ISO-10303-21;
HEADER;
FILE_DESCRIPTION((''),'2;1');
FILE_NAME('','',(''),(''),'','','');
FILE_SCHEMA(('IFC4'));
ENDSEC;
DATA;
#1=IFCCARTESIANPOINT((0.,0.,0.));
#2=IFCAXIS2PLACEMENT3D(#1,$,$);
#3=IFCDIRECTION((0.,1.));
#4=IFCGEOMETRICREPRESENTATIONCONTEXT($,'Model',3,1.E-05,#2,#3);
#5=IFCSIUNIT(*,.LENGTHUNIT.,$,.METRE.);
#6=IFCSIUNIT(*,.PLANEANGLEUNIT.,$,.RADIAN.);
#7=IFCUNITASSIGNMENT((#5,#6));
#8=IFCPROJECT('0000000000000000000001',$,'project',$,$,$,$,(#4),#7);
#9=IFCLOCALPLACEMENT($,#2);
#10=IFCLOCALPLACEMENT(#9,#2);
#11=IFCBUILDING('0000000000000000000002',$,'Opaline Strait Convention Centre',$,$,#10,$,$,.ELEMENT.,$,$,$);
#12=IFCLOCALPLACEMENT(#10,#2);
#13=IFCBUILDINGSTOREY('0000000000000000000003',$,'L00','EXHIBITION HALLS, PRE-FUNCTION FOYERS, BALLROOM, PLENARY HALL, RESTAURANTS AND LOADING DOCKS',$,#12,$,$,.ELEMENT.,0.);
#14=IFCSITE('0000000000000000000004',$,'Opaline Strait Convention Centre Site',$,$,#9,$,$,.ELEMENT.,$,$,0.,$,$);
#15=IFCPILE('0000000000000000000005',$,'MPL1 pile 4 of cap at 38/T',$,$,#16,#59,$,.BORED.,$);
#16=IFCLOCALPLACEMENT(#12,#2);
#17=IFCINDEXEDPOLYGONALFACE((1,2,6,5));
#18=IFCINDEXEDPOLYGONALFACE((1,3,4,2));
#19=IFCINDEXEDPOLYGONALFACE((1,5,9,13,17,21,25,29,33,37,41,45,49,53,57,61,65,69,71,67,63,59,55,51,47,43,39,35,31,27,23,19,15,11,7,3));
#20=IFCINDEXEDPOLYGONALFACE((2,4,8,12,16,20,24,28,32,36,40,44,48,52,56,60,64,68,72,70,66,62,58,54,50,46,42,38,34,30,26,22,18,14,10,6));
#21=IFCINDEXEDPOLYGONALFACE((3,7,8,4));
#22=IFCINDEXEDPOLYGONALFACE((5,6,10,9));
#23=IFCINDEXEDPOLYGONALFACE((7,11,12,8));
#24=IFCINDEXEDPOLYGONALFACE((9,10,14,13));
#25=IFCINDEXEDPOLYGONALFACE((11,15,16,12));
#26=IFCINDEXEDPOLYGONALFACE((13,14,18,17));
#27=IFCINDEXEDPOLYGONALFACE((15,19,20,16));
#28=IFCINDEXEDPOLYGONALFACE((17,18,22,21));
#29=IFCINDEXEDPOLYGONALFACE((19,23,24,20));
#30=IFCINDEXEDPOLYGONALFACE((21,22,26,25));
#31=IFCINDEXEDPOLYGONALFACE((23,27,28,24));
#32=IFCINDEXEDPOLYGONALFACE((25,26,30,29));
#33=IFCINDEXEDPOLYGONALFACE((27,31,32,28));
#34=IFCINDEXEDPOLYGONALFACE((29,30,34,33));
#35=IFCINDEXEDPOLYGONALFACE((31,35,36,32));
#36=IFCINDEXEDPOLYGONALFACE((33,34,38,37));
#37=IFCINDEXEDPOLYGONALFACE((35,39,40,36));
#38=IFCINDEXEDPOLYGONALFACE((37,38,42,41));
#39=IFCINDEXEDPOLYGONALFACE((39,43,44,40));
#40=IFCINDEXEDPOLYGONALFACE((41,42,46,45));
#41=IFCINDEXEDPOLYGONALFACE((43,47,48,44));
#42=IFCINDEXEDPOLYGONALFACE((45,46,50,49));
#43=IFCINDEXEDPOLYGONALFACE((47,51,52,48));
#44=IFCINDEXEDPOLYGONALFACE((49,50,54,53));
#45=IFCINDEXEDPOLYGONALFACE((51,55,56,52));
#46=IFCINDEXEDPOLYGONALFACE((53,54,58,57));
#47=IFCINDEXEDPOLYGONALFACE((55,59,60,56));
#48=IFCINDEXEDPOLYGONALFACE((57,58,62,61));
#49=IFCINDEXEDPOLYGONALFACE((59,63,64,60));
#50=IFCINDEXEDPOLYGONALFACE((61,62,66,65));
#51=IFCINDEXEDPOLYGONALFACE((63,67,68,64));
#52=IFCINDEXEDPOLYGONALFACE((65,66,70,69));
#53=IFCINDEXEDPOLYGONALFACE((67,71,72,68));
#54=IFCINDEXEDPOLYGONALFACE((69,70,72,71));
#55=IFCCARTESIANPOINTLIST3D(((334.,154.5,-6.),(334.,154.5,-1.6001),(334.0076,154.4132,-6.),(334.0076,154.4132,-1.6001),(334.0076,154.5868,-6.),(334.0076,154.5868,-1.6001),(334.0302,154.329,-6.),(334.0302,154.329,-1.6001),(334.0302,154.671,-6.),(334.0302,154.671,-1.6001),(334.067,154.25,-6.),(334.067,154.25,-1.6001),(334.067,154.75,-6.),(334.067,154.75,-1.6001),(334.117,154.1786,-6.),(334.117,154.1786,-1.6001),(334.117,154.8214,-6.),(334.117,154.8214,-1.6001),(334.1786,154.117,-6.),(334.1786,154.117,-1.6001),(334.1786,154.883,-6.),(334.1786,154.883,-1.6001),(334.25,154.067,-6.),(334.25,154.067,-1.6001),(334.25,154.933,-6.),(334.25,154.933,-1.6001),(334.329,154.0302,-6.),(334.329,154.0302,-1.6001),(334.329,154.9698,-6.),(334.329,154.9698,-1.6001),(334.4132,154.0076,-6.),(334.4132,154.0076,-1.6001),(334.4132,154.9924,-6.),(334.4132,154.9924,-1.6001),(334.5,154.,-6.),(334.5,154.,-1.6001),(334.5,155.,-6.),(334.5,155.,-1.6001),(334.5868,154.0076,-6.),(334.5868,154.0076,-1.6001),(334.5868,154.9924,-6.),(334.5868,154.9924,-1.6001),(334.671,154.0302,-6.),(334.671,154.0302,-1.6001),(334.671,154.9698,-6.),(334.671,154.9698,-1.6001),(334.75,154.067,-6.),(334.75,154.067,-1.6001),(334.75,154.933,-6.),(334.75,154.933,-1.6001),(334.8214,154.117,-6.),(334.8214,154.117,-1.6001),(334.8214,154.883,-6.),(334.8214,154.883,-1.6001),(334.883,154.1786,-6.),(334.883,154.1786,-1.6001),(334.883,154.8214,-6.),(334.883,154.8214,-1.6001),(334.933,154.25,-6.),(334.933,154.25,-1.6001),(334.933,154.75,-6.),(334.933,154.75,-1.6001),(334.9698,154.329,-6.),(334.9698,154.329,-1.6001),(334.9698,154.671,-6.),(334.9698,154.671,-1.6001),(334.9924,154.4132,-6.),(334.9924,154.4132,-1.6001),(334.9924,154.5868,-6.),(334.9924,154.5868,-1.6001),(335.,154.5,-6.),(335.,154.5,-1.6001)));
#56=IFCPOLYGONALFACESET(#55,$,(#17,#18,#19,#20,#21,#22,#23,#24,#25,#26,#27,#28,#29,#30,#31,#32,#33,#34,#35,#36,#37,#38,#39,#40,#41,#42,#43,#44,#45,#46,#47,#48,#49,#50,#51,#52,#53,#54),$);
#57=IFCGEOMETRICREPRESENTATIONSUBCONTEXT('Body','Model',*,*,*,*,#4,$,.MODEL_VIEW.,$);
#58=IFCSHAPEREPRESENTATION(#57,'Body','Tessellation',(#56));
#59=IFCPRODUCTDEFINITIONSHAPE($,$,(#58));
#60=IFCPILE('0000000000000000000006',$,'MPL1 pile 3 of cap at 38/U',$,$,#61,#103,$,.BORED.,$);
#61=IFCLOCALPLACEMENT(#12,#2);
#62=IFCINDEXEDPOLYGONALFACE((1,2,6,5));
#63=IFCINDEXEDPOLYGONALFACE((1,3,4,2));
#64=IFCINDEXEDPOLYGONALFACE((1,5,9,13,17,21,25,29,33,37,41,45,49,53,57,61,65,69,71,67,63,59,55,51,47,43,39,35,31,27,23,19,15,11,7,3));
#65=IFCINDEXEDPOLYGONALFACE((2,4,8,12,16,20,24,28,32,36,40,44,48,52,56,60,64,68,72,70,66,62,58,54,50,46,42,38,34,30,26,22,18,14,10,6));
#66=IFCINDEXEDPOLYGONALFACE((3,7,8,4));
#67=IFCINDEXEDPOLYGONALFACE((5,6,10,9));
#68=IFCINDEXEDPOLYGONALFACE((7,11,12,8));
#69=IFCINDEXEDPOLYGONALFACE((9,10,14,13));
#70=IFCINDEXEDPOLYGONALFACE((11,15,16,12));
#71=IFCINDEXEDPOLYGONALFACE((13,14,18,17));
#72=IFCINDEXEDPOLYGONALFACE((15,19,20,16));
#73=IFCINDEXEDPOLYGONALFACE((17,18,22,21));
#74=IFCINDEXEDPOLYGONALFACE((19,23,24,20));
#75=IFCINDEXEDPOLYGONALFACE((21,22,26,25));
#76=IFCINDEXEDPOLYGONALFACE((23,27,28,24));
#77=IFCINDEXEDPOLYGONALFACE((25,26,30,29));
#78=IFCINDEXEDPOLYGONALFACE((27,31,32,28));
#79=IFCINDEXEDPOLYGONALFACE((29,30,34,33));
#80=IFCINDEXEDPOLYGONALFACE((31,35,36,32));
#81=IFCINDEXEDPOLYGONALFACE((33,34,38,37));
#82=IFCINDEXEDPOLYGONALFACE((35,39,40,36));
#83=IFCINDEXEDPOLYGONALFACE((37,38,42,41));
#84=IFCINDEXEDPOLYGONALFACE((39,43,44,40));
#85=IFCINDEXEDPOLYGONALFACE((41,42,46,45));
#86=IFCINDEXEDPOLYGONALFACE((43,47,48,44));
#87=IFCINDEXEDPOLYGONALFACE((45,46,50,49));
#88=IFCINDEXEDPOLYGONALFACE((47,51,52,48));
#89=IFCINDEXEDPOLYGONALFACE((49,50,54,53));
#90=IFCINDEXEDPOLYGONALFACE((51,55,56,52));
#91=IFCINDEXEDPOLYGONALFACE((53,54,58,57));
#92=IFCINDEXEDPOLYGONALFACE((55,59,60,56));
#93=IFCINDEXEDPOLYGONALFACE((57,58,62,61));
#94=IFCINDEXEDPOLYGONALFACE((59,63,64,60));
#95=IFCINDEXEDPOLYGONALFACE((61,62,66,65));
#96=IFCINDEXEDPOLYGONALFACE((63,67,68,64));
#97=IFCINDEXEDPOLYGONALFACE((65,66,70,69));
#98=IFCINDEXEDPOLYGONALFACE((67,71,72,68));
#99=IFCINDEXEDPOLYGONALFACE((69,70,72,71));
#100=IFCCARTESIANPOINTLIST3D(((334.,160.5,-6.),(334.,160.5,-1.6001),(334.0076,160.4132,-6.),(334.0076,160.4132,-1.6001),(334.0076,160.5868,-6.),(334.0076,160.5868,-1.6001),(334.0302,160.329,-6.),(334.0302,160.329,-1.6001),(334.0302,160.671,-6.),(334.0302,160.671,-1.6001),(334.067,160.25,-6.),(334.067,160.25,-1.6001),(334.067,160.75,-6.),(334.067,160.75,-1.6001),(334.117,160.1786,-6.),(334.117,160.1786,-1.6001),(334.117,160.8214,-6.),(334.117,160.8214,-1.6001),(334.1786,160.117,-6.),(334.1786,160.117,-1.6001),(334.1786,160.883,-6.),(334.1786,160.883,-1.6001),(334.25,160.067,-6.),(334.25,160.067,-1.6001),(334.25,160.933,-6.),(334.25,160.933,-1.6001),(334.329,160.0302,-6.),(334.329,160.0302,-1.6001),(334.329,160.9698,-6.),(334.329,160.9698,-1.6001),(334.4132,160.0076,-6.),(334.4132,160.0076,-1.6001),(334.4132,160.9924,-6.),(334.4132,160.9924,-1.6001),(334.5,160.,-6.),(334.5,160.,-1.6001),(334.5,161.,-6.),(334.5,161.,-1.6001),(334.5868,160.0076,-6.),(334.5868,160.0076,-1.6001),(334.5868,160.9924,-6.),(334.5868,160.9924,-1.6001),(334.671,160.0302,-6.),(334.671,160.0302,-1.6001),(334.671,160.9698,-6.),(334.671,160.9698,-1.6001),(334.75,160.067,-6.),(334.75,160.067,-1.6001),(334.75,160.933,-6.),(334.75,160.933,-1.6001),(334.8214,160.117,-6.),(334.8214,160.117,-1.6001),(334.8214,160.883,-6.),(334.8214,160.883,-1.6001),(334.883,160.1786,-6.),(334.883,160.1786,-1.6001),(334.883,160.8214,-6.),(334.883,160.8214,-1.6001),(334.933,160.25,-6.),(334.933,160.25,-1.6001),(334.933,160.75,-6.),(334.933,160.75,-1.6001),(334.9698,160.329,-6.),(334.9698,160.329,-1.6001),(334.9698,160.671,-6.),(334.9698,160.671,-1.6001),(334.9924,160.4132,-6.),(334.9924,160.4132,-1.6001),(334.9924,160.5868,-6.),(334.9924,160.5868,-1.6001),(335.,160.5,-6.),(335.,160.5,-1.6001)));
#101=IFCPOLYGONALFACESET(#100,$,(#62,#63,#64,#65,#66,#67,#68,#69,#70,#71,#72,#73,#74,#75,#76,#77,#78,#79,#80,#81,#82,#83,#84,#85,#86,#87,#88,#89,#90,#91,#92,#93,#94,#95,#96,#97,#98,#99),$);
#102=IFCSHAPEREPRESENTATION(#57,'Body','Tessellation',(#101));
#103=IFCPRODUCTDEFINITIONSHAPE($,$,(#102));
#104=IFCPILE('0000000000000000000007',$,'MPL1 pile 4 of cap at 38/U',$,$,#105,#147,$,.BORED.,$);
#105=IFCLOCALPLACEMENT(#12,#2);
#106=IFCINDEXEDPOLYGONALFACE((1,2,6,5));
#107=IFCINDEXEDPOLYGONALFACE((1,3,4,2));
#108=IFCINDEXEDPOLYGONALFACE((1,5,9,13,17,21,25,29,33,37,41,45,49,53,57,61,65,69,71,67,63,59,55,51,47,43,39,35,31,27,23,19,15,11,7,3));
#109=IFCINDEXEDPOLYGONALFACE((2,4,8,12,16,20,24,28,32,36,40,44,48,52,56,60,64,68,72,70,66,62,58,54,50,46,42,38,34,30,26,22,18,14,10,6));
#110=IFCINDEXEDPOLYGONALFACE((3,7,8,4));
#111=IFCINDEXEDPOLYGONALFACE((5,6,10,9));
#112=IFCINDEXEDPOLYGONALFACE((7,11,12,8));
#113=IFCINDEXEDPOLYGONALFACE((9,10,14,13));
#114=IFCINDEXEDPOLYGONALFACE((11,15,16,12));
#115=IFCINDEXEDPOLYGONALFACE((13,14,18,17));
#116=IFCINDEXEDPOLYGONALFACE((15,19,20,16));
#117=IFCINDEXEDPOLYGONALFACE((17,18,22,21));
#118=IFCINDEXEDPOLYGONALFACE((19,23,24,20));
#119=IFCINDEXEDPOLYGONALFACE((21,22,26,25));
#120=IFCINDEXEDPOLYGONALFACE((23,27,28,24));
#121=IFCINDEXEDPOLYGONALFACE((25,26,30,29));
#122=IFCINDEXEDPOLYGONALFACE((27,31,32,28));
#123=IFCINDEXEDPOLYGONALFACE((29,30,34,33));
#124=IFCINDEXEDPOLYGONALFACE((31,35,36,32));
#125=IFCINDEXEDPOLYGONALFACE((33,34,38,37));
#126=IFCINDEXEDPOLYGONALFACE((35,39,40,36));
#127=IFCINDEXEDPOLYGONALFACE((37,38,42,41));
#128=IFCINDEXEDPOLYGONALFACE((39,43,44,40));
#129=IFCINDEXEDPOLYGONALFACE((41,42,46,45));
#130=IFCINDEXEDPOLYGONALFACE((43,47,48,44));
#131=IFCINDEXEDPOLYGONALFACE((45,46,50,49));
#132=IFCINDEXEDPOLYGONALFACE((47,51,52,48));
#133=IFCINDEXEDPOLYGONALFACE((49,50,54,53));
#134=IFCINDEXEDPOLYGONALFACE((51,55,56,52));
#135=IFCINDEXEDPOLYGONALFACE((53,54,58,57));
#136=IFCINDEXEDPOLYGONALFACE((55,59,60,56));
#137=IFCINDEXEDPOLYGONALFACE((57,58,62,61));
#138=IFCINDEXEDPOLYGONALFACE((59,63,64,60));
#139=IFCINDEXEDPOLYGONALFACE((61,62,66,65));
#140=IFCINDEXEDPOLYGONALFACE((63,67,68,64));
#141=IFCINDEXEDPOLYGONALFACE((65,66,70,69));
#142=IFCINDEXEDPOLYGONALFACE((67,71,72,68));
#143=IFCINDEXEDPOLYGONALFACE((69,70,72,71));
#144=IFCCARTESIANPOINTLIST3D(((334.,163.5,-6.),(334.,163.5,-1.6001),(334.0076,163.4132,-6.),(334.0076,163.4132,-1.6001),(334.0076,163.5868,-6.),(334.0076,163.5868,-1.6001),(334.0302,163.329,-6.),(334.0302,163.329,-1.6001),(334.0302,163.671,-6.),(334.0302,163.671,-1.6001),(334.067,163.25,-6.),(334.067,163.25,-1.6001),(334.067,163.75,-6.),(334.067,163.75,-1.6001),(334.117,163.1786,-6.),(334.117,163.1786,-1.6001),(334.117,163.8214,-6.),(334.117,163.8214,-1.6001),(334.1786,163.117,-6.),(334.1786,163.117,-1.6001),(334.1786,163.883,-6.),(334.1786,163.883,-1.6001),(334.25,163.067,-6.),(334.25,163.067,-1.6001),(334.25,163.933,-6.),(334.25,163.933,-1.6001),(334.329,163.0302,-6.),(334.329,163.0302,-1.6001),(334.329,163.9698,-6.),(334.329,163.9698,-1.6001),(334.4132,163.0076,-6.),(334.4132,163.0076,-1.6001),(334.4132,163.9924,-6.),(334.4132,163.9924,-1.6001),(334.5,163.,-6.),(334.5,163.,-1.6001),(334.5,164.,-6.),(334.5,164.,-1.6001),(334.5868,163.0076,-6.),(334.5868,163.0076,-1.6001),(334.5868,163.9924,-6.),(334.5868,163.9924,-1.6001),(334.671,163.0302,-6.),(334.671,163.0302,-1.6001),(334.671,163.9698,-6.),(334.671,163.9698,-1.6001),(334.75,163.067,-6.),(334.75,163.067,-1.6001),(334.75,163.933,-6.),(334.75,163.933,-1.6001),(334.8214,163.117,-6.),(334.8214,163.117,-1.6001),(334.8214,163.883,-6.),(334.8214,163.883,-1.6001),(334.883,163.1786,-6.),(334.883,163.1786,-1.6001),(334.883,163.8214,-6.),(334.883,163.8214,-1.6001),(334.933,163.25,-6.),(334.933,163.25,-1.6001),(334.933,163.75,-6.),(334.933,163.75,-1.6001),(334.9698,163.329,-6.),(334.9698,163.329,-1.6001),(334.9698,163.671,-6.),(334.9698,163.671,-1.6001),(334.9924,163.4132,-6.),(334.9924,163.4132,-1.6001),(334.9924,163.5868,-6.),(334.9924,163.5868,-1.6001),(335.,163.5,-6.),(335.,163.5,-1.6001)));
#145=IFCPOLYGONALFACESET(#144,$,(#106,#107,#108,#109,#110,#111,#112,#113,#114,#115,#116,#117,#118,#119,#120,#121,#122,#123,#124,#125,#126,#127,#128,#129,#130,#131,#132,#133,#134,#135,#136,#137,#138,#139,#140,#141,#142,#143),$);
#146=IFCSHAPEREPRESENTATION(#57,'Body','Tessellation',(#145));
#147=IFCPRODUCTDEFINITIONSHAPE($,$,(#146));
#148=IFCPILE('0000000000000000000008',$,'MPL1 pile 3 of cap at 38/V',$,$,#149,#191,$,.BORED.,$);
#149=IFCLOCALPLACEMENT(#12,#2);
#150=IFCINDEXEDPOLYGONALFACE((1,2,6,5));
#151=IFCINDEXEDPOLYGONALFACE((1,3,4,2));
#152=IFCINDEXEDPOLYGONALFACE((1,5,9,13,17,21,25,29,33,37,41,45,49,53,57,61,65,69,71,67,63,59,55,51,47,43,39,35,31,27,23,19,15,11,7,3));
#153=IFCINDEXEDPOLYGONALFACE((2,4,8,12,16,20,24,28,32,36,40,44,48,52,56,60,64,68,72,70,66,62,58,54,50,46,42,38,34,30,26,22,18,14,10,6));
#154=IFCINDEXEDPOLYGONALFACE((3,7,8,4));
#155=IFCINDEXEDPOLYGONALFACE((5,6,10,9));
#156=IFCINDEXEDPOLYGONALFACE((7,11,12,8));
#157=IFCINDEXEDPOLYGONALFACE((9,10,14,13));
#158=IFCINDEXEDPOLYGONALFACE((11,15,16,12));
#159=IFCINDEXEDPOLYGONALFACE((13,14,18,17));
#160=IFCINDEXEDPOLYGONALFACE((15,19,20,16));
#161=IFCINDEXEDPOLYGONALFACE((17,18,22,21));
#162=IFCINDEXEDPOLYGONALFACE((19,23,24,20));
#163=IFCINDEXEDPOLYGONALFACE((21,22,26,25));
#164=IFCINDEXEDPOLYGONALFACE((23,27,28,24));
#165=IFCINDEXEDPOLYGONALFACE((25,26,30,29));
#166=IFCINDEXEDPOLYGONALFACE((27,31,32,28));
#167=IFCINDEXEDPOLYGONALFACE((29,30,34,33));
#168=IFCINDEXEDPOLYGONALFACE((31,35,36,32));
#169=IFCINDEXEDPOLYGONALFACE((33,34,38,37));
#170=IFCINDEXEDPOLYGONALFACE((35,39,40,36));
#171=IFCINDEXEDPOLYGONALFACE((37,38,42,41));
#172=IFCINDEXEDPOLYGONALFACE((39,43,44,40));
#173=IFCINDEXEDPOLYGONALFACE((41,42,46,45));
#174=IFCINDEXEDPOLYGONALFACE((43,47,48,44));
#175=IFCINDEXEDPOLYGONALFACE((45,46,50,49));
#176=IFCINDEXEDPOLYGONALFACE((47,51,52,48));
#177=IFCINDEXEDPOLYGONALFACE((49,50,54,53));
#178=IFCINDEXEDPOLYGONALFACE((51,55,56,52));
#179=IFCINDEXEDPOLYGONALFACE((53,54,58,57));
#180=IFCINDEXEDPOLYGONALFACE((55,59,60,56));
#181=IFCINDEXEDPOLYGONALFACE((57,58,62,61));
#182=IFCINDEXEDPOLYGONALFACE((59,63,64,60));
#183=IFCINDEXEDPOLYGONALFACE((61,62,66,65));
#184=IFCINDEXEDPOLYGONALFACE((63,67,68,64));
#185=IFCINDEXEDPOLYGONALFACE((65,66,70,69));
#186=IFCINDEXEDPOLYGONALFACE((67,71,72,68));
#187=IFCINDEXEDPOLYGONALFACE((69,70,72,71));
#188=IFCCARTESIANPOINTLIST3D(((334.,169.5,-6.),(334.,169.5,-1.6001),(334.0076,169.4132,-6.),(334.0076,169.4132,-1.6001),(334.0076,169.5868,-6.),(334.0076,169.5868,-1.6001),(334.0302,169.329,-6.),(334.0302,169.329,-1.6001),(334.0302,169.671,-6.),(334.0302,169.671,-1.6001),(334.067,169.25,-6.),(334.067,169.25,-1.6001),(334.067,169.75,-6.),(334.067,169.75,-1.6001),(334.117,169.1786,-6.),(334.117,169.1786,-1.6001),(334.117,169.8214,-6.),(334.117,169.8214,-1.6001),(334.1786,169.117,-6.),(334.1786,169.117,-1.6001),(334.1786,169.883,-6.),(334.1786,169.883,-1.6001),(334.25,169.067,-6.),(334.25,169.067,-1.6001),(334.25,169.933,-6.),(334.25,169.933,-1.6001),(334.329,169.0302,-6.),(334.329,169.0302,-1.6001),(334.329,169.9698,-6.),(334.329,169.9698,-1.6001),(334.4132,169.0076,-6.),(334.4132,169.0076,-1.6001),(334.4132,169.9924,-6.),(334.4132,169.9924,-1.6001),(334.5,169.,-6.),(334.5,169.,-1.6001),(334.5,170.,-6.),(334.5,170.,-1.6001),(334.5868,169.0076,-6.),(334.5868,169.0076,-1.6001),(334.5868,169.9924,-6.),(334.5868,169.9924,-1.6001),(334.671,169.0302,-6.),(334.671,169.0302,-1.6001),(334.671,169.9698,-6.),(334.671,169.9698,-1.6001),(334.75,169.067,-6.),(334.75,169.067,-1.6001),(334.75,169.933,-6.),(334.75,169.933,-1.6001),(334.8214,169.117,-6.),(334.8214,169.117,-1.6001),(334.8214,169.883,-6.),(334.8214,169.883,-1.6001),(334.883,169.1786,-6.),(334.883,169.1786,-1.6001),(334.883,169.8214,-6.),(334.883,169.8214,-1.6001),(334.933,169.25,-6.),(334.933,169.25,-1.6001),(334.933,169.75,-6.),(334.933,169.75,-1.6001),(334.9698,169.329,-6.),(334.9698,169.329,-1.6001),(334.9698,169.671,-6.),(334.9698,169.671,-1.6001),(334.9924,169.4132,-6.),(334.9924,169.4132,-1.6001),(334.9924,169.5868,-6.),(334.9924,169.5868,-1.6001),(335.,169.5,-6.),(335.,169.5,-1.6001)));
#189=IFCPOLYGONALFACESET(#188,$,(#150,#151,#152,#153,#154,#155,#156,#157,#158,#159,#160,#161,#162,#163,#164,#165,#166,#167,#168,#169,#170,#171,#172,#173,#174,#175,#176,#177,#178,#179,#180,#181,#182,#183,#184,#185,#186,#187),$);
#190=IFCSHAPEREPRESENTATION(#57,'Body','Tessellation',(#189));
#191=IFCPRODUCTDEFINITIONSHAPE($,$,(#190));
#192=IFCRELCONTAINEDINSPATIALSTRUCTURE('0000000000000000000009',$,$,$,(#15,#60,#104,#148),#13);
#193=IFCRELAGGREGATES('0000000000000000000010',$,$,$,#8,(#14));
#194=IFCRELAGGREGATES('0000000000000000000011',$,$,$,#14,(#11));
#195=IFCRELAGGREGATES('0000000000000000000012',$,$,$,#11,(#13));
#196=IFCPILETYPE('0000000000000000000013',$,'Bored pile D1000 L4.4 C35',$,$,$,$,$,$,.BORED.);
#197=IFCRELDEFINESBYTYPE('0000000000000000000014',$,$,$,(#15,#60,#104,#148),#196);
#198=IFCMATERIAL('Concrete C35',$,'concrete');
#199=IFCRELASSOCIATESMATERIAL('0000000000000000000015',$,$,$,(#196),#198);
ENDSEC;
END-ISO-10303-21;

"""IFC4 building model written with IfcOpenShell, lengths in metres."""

from ifc_helpers import new_model, si_unit, direction, frame, origin, origin_2d, place, context, subcontext, project, spatial, circle, extrude, material, material_profile, profile_set, type_object, element, save


model = new_model("IFC4")

# Units and contexts
model_context = context("Model", 3, precision=1e-05, world=origin(), true_north=direction((0.0, 1.0)))
body_context = subcontext(model_context, "Body", "Model", "MODEL_VIEW")
ifc_project = project(units=[si_unit("LENGTHUNIT", "METRE"), si_unit("PLANEANGLEUNIT", "RADIAN")], contexts=[model_context])

# Site, building, storey
site_placement = place(None, origin())
site = spatial("IfcSite", under=ifc_project, at=site_placement, Name="Opaline Strait Convention Centre Site", CompositionType="ELEMENT", RefElevation=0.0)
building_placement = place(site_placement, origin())
building = spatial("IfcBuilding", under=site, at=building_placement, Name="Opaline Strait Convention Centre", CompositionType="ELEMENT")
storey_placement = place(building_placement, origin())
storey = spatial("IfcBuildingStorey", under=building, at=storey_placement, Name="L00", Description="EXHIBITION HALLS, PRE-FUNCTION FOYERS, BALLROOM, PLENARY HALL, RESTAURANTS AND LOADING DOCKS", CompositionType="ELEMENT", Elevation=0.0)

# Piles
ifc_material_1 = material(Name="Concrete C35", Category="concrete")
ifc_material_profile_1 = material_profile(ifc_material_1, circle(Radius=0.5, at=origin_2d()), Name="D1000")
ifc_profile_set_1 = profile_set([ifc_material_profile_1], Name="Concrete C35")
pile_type = type_object("IfcPileType", Name="Bored pile D1000 L4.4 C35", PredefinedType="BORED", material=ifc_profile_set_1)
for number, where, z_axis, x_axis, name in (
    (1, (334.5, 154.5, -1.6001), (0.0, 0.0, -1.0), (1.0, 0.0, 0.0), "MPL1 pile 4 of cap at 38/T"),
    (2, (334.5, 160.5, -1.6001), (0.0, 0.0, -1.0), (1.0, 0.0, 0.0), "MPL1 pile 3 of cap at 38/U"),
    (3, (334.5, 163.5, -1.6001), (0.0, 0.0, -1.0), (1.0, 0.0, 0.0), "MPL1 pile 4 of cap at 38/U"),
    (4, (334.5, 169.5, -1.6001), (0.0, 0.0, -1.0), (1.0, 0.0, 0.0), "MPL1 pile 3 of cap at 38/V"),
):
    element("IfcPile", number, at=place(storey_placement, frame(where, z_axis=z_axis, x_axis=x_axis)), inside=storey, type_object=pile_type, Name=name, PredefinedType="BORED", context=body_context, shape_type="SweptSolid", body=[
        extrude(circle(Radius=0.5, at=origin_2d()), origin(), (0.0, 0.0, 1.0), 4.3999),
    ])

save(model, "model.ifc")
